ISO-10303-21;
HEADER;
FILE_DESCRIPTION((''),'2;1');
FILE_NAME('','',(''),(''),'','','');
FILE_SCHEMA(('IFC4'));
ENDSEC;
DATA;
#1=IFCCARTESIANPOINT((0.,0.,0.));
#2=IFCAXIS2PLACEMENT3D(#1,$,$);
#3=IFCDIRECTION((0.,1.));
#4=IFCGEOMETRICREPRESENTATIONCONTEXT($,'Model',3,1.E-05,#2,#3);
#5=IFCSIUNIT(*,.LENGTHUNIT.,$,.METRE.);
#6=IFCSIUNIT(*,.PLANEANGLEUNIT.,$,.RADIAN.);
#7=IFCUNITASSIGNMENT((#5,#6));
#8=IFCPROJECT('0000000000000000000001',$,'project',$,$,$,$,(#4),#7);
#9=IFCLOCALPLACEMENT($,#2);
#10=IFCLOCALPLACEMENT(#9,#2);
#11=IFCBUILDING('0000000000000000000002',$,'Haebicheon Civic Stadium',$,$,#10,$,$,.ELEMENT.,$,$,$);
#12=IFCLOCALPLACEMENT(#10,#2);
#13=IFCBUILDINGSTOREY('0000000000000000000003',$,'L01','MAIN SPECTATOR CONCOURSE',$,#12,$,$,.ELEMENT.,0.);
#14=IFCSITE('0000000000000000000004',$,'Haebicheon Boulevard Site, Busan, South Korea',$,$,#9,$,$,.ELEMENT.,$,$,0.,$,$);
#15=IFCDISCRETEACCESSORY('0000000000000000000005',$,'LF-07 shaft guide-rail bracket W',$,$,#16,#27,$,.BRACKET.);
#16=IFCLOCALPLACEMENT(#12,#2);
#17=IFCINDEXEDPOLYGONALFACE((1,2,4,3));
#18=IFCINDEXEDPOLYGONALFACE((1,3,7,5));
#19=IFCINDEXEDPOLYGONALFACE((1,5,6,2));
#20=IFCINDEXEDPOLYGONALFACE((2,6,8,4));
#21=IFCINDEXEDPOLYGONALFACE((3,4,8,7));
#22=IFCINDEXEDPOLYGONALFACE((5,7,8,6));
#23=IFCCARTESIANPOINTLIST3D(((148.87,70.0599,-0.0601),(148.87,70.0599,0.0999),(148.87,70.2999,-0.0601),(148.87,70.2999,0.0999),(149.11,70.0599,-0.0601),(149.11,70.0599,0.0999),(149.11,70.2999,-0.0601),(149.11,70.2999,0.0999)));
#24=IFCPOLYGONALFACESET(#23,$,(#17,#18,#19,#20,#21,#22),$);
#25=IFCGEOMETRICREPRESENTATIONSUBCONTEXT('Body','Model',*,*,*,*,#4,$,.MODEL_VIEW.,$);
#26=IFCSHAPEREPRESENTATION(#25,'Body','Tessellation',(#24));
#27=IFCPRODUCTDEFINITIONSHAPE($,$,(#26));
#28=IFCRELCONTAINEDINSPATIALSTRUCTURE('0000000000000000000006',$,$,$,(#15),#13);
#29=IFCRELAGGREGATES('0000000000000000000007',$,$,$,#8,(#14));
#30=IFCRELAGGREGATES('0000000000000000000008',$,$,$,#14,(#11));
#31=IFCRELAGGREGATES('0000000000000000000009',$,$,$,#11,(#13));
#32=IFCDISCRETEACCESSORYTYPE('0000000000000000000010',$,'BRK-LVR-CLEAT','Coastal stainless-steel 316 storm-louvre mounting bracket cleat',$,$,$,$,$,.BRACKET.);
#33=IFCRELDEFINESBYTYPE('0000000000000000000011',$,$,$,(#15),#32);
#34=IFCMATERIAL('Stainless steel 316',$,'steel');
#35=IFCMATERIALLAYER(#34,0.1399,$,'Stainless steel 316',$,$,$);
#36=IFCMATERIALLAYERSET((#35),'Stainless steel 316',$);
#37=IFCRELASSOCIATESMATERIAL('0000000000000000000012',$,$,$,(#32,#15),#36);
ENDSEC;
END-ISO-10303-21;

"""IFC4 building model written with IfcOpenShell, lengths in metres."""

from ifc_helpers import new_model, si_unit, direction, frame, origin, origin_2d, place, context, subcontext, project, spatial, rectangle, extrude, material, layer, layer_set, type_object, element, save


model = new_model("IFC4")

# Units and contexts
model_context = context("Model", 3, precision=1e-05, world=origin(), true_north=direction((0.0, 1.0)))
body_context = subcontext(model_context, "Body", "Model", "MODEL_VIEW")
ifc_project = project(units=[si_unit("LENGTHUNIT", "METRE"), si_unit("PLANEANGLEUNIT", "RADIAN")], contexts=[model_context])

# Site, building, storey
site_placement = place(None, origin())
site = spatial("IfcSite", under=ifc_project, at=site_placement, Name="Haebicheon Boulevard Site, Busan, South Korea", CompositionType="ELEMENT", RefElevation=0.0)
building_placement = place(site_placement, origin())
building = spatial("IfcBuilding", under=site, at=building_placement, Name="Haebicheon Civic Stadium", CompositionType="ELEMENT")
storey_placement = place(building_placement, origin())
storey = spatial("IfcBuildingStorey", under=building, at=storey_placement, Name="L01", Description="MAIN SPECTATOR CONCOURSE", CompositionType="ELEMENT", Elevation=0.0)

# Discrete accessory
ifc_material_1 = material(Name="Stainless steel 316", Category="steel")
ifc_layer_1 = layer(ifc_material_1, 0.1399, Name="Stainless steel 316")
ifc_layer_set_1 = layer_set([ifc_layer_1], Name="Stainless steel 316")
discrete_accessory_type = type_object("IfcDiscreteAccessoryType", Name="BRK-LVR-CLEAT", Description="Coastal stainless-steel 316 storm-louvre mounting bracket cleat", PredefinedType="BRACKET", material=ifc_layer_set_1)
discrete_accessory_placement = place(storey_placement, frame((148.99, 70.1799, -0.0601), z_axis=(0.0, 0.0, 1.0), x_axis=(1.0, 0.0, 0.0)))
element("IfcDiscreteAccessory", 1, at=discrete_accessory_placement, inside=storey, type_object=discrete_accessory_type, material=ifc_layer_set_1, Name="LF-07 shaft guide-rail bracket W", PredefinedType="BRACKET", context=body_context, shape_type="SweptSolid", body=[
    extrude(rectangle(XDim=0.24, YDim=0.24, at=origin_2d()), origin(), (0.0, 0.0, 1.0), 0.1599),
])

save(model, "model.ifc")
